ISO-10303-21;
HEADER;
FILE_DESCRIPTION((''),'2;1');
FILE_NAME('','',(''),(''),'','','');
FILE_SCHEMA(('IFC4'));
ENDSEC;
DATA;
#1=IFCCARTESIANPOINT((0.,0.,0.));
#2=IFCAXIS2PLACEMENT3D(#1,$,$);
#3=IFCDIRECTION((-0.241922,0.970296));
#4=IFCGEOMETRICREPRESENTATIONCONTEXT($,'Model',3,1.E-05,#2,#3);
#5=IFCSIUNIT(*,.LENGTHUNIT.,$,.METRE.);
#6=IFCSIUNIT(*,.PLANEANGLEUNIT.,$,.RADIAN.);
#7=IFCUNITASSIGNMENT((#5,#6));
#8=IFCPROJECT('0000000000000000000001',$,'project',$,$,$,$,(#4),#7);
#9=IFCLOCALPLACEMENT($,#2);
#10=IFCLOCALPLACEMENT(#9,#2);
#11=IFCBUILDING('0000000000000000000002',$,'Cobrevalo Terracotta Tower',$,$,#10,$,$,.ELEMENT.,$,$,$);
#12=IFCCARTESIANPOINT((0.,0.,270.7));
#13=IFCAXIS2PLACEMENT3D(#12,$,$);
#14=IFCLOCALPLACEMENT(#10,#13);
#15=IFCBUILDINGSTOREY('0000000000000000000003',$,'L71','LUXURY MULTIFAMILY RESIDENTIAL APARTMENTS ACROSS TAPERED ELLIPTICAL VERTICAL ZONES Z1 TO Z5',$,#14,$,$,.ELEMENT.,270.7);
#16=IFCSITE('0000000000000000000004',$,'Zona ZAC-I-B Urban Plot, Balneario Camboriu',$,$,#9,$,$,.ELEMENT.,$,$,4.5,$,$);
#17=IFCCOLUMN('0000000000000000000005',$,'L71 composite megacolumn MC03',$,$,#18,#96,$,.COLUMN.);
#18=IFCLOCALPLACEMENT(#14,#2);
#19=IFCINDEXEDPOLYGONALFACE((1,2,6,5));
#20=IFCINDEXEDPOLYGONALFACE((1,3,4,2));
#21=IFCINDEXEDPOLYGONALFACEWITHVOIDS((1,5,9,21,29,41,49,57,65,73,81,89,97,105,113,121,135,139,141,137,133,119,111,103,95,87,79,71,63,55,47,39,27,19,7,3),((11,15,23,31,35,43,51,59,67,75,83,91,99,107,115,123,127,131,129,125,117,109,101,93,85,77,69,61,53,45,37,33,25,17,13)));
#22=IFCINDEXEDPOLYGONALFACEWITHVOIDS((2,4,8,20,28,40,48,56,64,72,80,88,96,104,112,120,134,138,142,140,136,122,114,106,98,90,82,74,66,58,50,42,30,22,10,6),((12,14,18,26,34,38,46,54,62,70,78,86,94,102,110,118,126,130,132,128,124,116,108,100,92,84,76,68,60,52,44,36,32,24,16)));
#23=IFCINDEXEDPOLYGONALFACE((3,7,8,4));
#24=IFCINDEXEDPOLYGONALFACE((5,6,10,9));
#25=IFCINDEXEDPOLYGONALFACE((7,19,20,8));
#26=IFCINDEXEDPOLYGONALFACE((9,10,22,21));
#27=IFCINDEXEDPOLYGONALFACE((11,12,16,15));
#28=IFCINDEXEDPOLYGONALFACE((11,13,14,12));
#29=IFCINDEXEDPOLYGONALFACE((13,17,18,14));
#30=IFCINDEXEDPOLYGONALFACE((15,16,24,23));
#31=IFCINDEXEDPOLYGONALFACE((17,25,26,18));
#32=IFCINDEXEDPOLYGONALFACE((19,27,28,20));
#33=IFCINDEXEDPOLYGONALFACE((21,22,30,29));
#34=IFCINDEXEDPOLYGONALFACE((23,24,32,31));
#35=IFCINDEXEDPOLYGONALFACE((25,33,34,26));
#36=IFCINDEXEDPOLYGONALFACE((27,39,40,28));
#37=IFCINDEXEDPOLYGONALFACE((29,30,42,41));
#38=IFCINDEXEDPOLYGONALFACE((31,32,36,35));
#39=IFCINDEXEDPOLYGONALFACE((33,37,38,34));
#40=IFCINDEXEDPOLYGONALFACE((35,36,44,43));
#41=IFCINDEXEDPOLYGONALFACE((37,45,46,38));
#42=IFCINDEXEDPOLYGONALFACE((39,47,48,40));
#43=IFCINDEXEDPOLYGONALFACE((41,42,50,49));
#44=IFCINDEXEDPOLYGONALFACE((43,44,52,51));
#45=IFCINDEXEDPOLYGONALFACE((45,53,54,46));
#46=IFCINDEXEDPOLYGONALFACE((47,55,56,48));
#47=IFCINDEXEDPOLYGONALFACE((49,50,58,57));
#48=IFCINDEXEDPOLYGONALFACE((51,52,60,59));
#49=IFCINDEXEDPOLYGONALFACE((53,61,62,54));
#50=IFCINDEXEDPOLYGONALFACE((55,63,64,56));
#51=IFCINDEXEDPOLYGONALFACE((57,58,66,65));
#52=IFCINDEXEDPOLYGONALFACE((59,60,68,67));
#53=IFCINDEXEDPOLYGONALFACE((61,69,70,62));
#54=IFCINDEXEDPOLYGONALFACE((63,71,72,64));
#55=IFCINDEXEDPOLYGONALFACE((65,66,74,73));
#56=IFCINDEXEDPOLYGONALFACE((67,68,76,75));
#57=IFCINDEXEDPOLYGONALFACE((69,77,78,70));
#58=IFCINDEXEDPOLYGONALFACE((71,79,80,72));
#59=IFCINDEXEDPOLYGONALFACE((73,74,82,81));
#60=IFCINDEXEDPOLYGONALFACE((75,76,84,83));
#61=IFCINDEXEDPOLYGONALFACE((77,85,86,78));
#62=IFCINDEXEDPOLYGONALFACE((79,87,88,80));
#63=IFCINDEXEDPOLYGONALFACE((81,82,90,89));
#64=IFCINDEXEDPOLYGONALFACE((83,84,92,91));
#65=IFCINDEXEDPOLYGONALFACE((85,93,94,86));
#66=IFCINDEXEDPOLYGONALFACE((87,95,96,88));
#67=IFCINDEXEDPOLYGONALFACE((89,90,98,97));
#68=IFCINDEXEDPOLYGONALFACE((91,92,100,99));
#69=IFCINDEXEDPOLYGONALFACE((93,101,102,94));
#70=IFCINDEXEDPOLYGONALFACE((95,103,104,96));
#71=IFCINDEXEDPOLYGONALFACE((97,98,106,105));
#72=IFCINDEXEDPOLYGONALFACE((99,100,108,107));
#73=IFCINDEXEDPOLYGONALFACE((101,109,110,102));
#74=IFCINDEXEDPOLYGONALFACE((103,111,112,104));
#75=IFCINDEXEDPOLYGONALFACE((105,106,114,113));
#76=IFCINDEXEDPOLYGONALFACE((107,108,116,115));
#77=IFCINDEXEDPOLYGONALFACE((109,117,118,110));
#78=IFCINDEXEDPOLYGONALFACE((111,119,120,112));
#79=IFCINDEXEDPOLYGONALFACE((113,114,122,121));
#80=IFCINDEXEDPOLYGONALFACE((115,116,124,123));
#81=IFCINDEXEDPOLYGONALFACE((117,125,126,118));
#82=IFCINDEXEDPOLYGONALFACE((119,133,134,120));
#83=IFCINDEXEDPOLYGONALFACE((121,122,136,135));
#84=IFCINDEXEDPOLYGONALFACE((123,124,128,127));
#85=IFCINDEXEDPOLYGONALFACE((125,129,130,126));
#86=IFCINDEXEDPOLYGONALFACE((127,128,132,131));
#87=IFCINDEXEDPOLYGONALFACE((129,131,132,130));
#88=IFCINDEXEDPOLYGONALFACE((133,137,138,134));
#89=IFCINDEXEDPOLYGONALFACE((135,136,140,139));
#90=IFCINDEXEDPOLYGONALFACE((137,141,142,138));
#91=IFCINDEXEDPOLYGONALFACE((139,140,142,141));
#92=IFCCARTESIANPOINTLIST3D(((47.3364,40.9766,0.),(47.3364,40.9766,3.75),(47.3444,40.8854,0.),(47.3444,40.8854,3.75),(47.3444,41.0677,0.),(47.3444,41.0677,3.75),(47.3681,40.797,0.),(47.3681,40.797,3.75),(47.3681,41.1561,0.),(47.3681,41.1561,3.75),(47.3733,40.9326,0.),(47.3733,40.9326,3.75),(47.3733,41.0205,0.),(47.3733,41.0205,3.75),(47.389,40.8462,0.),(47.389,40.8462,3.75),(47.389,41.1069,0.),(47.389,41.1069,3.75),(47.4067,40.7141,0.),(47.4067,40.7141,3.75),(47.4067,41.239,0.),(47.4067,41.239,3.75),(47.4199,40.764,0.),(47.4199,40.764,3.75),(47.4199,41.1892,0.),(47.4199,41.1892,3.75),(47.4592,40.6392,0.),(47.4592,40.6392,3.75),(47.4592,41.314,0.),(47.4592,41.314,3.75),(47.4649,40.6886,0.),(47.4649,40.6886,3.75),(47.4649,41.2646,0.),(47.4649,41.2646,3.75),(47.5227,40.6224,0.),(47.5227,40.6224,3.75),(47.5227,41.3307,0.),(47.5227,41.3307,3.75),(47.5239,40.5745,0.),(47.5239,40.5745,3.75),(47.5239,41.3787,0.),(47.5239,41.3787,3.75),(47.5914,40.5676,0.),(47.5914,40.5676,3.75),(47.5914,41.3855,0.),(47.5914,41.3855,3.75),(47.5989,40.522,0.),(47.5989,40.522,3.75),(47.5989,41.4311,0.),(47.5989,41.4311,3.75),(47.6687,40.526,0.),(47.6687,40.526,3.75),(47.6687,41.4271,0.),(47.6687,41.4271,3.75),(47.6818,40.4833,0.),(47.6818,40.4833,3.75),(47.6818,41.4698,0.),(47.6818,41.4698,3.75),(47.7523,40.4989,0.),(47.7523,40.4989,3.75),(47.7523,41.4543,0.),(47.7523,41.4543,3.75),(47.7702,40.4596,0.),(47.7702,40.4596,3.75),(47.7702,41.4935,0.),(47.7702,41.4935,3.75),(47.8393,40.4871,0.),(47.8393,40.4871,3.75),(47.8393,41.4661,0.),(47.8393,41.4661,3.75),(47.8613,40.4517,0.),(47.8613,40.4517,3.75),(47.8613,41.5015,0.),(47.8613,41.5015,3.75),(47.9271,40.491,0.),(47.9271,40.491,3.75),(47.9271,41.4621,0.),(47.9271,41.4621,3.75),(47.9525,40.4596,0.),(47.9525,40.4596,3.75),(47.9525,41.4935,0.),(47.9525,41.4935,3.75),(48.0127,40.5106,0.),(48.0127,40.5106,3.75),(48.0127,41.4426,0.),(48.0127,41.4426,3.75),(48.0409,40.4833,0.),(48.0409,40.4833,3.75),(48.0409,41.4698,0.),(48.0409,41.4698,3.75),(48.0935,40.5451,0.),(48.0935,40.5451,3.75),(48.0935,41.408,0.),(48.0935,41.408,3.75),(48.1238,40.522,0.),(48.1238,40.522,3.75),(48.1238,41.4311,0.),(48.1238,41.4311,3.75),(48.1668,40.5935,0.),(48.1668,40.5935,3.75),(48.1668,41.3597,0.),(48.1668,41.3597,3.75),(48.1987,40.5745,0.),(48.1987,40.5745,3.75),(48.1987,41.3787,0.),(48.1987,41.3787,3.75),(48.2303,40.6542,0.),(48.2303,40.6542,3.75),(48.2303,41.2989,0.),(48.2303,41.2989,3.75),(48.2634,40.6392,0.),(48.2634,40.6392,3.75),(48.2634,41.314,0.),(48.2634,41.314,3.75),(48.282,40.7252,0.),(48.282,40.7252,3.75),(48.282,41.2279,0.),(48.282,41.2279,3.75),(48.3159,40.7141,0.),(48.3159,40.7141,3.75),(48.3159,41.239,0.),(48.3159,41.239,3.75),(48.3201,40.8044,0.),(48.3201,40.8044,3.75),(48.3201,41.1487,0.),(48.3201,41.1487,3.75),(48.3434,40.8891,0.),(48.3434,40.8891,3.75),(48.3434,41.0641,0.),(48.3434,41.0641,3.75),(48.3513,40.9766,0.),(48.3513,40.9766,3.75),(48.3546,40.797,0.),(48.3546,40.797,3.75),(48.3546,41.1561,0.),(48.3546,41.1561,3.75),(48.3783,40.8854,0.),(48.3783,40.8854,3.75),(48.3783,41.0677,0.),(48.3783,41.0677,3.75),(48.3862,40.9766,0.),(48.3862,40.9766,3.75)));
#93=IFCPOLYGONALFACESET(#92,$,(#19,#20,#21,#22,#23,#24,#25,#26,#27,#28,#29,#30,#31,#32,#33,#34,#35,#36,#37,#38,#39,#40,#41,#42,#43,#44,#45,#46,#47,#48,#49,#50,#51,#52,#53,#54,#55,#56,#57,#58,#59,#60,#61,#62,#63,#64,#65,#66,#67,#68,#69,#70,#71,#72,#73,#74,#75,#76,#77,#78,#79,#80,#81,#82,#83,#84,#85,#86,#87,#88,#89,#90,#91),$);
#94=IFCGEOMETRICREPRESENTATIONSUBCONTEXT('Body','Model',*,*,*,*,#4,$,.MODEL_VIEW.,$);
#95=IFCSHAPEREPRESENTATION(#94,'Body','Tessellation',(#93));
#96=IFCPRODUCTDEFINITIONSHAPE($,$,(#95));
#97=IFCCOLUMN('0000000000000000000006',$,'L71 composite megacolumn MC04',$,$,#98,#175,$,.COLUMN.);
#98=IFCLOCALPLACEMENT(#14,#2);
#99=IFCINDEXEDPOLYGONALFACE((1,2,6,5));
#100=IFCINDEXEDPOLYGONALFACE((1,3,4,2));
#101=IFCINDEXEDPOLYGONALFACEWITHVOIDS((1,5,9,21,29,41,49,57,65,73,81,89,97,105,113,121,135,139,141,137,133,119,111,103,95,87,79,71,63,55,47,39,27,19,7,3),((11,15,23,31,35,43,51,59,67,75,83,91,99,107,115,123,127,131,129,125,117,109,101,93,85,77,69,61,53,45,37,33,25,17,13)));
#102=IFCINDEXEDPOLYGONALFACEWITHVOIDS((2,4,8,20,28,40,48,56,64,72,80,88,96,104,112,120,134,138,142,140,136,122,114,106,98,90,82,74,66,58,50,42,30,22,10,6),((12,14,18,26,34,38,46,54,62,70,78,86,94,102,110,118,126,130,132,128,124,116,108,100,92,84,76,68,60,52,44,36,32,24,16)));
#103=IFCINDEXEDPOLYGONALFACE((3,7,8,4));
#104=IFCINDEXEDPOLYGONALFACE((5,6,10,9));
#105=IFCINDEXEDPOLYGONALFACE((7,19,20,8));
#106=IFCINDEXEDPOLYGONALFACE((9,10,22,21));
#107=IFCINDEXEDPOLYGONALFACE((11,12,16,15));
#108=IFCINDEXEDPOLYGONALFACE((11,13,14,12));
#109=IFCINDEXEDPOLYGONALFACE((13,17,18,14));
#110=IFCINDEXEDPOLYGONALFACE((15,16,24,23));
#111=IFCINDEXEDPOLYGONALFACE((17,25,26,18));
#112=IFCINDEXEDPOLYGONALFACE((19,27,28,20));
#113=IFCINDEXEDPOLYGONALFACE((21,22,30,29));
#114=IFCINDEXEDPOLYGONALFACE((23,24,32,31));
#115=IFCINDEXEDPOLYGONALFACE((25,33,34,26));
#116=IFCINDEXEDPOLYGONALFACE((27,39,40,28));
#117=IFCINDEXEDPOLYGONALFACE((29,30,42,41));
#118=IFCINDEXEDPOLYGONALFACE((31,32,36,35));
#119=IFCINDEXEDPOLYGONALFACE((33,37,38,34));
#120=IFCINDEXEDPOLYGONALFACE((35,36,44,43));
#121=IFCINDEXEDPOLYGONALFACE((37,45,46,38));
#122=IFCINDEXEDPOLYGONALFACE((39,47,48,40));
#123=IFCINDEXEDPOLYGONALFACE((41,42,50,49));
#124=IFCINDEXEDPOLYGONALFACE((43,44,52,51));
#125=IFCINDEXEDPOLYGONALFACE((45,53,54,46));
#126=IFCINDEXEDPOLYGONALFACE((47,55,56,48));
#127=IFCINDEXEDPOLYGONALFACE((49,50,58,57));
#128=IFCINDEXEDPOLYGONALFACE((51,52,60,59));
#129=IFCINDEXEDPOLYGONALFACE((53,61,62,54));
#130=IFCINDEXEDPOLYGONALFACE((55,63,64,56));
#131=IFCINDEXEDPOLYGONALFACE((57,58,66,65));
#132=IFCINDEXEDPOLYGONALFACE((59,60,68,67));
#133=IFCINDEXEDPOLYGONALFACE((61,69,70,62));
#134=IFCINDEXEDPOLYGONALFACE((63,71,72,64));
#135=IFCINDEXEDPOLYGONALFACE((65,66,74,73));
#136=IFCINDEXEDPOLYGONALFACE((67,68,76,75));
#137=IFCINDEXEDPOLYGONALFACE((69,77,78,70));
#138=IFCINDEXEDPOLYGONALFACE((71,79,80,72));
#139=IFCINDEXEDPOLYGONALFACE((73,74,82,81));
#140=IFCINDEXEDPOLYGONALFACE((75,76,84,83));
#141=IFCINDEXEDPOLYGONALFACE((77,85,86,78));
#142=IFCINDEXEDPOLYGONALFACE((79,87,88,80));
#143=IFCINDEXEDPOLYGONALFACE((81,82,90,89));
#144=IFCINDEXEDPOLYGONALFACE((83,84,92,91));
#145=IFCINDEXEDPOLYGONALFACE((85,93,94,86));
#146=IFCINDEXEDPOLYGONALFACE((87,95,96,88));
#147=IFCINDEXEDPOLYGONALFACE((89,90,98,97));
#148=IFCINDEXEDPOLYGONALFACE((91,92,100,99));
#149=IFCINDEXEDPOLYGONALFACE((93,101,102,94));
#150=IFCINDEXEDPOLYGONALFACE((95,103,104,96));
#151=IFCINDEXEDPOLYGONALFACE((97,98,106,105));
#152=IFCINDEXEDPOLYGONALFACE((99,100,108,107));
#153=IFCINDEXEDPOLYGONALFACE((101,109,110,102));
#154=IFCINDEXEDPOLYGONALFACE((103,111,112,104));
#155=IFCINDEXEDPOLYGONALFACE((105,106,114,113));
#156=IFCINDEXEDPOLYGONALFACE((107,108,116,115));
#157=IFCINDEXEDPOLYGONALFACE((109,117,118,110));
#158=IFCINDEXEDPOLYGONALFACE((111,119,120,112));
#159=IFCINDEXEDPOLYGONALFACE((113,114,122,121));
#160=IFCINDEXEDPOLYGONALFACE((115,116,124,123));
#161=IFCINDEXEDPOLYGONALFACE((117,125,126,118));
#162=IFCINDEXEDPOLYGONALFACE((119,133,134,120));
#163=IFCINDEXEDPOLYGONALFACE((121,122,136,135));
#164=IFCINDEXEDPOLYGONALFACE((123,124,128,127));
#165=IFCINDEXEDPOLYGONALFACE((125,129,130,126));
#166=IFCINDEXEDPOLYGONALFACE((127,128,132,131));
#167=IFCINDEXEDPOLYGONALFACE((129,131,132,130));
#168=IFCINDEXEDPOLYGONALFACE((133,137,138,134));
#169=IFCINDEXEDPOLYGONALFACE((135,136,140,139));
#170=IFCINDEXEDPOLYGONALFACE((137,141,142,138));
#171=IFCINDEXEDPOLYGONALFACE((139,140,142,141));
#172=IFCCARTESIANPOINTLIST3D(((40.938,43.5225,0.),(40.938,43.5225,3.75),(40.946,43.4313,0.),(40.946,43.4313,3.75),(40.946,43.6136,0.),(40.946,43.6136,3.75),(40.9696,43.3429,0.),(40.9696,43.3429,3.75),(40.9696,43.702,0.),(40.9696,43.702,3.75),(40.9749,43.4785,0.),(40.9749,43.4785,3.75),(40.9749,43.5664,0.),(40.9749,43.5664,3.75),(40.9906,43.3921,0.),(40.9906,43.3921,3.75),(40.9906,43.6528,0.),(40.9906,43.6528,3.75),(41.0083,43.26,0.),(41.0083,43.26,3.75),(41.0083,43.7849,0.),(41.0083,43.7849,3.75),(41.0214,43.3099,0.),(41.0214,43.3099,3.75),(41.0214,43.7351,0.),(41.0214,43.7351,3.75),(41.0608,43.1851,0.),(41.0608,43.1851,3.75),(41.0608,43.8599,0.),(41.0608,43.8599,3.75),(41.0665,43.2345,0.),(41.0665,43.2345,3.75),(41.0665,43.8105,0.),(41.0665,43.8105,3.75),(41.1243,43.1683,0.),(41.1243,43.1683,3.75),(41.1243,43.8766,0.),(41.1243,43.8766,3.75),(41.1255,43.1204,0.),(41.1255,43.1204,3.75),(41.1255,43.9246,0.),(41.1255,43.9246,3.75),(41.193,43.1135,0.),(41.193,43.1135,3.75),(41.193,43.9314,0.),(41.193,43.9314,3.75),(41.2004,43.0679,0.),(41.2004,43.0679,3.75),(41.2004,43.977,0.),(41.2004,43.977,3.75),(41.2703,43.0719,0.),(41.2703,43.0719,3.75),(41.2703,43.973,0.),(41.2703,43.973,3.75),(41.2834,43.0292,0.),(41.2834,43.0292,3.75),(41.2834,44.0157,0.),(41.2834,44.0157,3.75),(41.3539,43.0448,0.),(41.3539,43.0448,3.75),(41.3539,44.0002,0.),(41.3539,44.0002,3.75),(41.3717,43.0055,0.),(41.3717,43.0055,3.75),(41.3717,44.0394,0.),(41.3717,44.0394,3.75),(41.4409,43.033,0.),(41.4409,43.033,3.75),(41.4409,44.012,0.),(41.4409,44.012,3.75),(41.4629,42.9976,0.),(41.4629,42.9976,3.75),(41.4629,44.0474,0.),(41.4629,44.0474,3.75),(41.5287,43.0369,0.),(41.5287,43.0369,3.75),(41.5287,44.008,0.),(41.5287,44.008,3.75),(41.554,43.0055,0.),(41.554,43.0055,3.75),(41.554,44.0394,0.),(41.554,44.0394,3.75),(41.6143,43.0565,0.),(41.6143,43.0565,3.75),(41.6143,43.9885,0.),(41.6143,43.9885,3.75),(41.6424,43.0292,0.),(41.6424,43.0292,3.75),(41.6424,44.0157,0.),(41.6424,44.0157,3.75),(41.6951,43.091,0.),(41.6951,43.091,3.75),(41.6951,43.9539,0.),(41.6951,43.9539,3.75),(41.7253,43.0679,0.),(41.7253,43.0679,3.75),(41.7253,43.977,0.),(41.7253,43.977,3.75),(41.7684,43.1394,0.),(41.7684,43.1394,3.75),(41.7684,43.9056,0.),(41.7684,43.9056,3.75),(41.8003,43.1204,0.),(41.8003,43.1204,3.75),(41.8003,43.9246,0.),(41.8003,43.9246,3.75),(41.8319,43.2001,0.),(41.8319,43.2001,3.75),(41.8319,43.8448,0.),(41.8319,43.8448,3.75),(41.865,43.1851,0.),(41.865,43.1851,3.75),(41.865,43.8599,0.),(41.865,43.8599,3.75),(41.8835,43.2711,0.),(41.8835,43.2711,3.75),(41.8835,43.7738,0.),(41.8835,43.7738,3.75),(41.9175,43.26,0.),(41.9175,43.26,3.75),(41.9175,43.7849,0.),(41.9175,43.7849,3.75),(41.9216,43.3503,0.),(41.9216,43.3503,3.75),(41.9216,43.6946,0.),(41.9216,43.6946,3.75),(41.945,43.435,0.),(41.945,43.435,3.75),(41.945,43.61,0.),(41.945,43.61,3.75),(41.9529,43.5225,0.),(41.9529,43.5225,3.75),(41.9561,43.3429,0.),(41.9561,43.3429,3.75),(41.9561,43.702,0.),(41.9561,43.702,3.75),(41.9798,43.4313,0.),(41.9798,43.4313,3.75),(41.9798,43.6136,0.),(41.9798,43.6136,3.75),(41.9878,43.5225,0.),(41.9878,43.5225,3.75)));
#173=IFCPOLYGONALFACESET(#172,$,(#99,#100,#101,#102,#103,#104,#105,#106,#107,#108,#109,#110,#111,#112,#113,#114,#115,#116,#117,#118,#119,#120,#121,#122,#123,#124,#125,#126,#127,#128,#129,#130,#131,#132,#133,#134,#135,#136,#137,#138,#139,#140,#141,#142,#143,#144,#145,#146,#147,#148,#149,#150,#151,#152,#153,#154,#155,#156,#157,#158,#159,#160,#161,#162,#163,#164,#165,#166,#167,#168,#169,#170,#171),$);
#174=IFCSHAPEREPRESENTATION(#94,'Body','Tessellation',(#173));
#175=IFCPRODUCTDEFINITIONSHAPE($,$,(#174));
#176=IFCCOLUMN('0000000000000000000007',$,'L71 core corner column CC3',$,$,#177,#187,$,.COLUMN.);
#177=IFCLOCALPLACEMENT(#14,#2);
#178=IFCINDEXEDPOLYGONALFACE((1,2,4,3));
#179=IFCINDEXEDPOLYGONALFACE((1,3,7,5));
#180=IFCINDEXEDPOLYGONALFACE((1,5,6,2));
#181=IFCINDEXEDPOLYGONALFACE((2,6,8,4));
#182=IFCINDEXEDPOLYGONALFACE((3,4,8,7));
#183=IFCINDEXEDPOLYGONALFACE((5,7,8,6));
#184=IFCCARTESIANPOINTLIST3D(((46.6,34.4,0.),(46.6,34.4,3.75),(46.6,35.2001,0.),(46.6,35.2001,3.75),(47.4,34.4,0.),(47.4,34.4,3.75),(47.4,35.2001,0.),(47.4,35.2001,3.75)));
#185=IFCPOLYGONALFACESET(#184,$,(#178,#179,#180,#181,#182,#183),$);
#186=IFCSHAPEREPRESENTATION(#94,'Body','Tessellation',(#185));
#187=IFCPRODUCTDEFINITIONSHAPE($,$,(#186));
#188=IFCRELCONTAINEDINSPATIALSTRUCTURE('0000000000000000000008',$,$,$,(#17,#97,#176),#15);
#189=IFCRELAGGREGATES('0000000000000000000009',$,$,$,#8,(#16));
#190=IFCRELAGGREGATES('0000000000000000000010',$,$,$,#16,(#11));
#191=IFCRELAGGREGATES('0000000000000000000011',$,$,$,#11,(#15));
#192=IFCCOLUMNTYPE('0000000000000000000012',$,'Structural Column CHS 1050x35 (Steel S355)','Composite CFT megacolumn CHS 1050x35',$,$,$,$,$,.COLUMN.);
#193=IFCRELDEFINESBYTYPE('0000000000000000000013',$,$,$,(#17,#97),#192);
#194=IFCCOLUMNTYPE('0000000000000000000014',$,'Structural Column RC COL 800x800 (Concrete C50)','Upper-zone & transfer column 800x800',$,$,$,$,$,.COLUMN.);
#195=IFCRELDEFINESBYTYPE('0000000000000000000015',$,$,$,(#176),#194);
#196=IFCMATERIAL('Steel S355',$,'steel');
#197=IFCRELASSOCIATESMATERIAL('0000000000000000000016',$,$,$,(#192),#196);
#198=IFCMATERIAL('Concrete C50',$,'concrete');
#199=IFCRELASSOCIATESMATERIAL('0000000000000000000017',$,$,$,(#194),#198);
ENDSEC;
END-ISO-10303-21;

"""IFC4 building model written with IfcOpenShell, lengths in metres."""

from ifc_helpers import new_model, si_unit, direction, frame, origin, origin_2d, place, context, subcontext, project, spatial, rectangle, hollow_circle, extrude, material, material_profile, profile_set, type_object, element, save


model = new_model("IFC4")

# Units and contexts
model_context = context("Model", 3, precision=1e-05, world=origin(), true_north=direction((-0.241922, 0.970296)))
body_context = subcontext(model_context, "Body", "Model", "MODEL_VIEW")
ifc_project = project(units=[si_unit("LENGTHUNIT", "METRE"), si_unit("PLANEANGLEUNIT", "RADIAN")], contexts=[model_context])

# Site, building, storey
site_placement = place(None, origin())
site = spatial("IfcSite", under=ifc_project, at=site_placement, Name="Zona ZAC-I-B Urban Plot, Balneario Camboriu", CompositionType="ELEMENT", RefElevation=4.5)
building_placement = place(site_placement, origin())
building = spatial("IfcBuilding", under=site, at=building_placement, Name="Cobrevalo Terracotta Tower", CompositionType="ELEMENT")
storey_placement = place(building_placement, frame((0.0, 0.0, 270.7)))
storey = spatial("IfcBuildingStorey", under=building, at=storey_placement, Name="L71", Description="LUXURY MULTIFAMILY RESIDENTIAL APARTMENTS ACROSS TAPERED ELLIPTICAL VERTICAL ZONES Z1 TO Z5", CompositionType="ELEMENT", Elevation=270.7)

# Columns
ifc_material_1 = material(Name="Steel S355", Category="steel")
ifc_material_profile_1 = material_profile(ifc_material_1, hollow_circle(Radius=0.5249, WallThickness=0.0349, at=origin_2d()), Name="CHS 1050x35")
ifc_profile_set_1 = profile_set([ifc_material_profile_1], Name="Steel S355")
column_type_1 = type_object("IfcColumnType", Name="Structural Column CHS 1050x35 (Steel S355)", Description="Composite CFT megacolumn CHS 1050x35", PredefinedType="COLUMN", material=ifc_profile_set_1)
for number, where, z_axis, x_axis, name in (
    (1, (47.8613, 40.9766, 0.0), (0.0, 0.0, 1.0), (1.0, 0.0, 0.0), "L71 composite megacolumn MC03"),
    (2, (41.4629, 43.5225, 0.0), (0.0, 0.0, 1.0), (1.0, 0.0, 0.0), "L71 composite megacolumn MC04"),
):
    element("IfcColumn", number, at=place(storey_placement, frame(where, z_axis=z_axis, x_axis=x_axis)), inside=storey, type_object=column_type_1, Name=name, PredefinedType="COLUMN", context=body_context, shape_type="SweptSolid", body=[
        extrude(hollow_circle(Radius=0.5249, WallThickness=0.0349, at=origin_2d()), origin(), (0.0, 0.0, 1.0), 3.75),
    ])
ifc_material_2 = material(Name="Concrete C50", Category="concrete")
ifc_material_profile_2 = material_profile(ifc_material_2, rectangle(XDim=0.8, YDim=0.8, at=origin_2d()), Name="RC COL 800x800")
ifc_profile_set_2 = profile_set([ifc_material_profile_2], Name="Concrete C50")
column_type_2 = type_object("IfcColumnType", Name="Structural Column RC COL 800x800 (Concrete C50)", Description="Upper-zone & transfer column 800x800", PredefinedType="COLUMN", material=ifc_profile_set_2)
column_placement = place(storey_placement, frame((47.0, 34.8, 0.0), z_axis=(0.0, 0.0, 1.0), x_axis=(1.0, 0.0, 0.0)))
element("IfcColumn", 3, at=column_placement, inside=storey, type_object=column_type_2, Name="L71 core corner column CC3", PredefinedType="COLUMN", context=body_context, shape_type="SweptSolid", body=[
    extrude(rectangle(XDim=0.8, YDim=0.8, at=origin_2d()), origin(), (0.0, 0.0, 1.0), 3.75),
])

save(model, "model.ifc")
